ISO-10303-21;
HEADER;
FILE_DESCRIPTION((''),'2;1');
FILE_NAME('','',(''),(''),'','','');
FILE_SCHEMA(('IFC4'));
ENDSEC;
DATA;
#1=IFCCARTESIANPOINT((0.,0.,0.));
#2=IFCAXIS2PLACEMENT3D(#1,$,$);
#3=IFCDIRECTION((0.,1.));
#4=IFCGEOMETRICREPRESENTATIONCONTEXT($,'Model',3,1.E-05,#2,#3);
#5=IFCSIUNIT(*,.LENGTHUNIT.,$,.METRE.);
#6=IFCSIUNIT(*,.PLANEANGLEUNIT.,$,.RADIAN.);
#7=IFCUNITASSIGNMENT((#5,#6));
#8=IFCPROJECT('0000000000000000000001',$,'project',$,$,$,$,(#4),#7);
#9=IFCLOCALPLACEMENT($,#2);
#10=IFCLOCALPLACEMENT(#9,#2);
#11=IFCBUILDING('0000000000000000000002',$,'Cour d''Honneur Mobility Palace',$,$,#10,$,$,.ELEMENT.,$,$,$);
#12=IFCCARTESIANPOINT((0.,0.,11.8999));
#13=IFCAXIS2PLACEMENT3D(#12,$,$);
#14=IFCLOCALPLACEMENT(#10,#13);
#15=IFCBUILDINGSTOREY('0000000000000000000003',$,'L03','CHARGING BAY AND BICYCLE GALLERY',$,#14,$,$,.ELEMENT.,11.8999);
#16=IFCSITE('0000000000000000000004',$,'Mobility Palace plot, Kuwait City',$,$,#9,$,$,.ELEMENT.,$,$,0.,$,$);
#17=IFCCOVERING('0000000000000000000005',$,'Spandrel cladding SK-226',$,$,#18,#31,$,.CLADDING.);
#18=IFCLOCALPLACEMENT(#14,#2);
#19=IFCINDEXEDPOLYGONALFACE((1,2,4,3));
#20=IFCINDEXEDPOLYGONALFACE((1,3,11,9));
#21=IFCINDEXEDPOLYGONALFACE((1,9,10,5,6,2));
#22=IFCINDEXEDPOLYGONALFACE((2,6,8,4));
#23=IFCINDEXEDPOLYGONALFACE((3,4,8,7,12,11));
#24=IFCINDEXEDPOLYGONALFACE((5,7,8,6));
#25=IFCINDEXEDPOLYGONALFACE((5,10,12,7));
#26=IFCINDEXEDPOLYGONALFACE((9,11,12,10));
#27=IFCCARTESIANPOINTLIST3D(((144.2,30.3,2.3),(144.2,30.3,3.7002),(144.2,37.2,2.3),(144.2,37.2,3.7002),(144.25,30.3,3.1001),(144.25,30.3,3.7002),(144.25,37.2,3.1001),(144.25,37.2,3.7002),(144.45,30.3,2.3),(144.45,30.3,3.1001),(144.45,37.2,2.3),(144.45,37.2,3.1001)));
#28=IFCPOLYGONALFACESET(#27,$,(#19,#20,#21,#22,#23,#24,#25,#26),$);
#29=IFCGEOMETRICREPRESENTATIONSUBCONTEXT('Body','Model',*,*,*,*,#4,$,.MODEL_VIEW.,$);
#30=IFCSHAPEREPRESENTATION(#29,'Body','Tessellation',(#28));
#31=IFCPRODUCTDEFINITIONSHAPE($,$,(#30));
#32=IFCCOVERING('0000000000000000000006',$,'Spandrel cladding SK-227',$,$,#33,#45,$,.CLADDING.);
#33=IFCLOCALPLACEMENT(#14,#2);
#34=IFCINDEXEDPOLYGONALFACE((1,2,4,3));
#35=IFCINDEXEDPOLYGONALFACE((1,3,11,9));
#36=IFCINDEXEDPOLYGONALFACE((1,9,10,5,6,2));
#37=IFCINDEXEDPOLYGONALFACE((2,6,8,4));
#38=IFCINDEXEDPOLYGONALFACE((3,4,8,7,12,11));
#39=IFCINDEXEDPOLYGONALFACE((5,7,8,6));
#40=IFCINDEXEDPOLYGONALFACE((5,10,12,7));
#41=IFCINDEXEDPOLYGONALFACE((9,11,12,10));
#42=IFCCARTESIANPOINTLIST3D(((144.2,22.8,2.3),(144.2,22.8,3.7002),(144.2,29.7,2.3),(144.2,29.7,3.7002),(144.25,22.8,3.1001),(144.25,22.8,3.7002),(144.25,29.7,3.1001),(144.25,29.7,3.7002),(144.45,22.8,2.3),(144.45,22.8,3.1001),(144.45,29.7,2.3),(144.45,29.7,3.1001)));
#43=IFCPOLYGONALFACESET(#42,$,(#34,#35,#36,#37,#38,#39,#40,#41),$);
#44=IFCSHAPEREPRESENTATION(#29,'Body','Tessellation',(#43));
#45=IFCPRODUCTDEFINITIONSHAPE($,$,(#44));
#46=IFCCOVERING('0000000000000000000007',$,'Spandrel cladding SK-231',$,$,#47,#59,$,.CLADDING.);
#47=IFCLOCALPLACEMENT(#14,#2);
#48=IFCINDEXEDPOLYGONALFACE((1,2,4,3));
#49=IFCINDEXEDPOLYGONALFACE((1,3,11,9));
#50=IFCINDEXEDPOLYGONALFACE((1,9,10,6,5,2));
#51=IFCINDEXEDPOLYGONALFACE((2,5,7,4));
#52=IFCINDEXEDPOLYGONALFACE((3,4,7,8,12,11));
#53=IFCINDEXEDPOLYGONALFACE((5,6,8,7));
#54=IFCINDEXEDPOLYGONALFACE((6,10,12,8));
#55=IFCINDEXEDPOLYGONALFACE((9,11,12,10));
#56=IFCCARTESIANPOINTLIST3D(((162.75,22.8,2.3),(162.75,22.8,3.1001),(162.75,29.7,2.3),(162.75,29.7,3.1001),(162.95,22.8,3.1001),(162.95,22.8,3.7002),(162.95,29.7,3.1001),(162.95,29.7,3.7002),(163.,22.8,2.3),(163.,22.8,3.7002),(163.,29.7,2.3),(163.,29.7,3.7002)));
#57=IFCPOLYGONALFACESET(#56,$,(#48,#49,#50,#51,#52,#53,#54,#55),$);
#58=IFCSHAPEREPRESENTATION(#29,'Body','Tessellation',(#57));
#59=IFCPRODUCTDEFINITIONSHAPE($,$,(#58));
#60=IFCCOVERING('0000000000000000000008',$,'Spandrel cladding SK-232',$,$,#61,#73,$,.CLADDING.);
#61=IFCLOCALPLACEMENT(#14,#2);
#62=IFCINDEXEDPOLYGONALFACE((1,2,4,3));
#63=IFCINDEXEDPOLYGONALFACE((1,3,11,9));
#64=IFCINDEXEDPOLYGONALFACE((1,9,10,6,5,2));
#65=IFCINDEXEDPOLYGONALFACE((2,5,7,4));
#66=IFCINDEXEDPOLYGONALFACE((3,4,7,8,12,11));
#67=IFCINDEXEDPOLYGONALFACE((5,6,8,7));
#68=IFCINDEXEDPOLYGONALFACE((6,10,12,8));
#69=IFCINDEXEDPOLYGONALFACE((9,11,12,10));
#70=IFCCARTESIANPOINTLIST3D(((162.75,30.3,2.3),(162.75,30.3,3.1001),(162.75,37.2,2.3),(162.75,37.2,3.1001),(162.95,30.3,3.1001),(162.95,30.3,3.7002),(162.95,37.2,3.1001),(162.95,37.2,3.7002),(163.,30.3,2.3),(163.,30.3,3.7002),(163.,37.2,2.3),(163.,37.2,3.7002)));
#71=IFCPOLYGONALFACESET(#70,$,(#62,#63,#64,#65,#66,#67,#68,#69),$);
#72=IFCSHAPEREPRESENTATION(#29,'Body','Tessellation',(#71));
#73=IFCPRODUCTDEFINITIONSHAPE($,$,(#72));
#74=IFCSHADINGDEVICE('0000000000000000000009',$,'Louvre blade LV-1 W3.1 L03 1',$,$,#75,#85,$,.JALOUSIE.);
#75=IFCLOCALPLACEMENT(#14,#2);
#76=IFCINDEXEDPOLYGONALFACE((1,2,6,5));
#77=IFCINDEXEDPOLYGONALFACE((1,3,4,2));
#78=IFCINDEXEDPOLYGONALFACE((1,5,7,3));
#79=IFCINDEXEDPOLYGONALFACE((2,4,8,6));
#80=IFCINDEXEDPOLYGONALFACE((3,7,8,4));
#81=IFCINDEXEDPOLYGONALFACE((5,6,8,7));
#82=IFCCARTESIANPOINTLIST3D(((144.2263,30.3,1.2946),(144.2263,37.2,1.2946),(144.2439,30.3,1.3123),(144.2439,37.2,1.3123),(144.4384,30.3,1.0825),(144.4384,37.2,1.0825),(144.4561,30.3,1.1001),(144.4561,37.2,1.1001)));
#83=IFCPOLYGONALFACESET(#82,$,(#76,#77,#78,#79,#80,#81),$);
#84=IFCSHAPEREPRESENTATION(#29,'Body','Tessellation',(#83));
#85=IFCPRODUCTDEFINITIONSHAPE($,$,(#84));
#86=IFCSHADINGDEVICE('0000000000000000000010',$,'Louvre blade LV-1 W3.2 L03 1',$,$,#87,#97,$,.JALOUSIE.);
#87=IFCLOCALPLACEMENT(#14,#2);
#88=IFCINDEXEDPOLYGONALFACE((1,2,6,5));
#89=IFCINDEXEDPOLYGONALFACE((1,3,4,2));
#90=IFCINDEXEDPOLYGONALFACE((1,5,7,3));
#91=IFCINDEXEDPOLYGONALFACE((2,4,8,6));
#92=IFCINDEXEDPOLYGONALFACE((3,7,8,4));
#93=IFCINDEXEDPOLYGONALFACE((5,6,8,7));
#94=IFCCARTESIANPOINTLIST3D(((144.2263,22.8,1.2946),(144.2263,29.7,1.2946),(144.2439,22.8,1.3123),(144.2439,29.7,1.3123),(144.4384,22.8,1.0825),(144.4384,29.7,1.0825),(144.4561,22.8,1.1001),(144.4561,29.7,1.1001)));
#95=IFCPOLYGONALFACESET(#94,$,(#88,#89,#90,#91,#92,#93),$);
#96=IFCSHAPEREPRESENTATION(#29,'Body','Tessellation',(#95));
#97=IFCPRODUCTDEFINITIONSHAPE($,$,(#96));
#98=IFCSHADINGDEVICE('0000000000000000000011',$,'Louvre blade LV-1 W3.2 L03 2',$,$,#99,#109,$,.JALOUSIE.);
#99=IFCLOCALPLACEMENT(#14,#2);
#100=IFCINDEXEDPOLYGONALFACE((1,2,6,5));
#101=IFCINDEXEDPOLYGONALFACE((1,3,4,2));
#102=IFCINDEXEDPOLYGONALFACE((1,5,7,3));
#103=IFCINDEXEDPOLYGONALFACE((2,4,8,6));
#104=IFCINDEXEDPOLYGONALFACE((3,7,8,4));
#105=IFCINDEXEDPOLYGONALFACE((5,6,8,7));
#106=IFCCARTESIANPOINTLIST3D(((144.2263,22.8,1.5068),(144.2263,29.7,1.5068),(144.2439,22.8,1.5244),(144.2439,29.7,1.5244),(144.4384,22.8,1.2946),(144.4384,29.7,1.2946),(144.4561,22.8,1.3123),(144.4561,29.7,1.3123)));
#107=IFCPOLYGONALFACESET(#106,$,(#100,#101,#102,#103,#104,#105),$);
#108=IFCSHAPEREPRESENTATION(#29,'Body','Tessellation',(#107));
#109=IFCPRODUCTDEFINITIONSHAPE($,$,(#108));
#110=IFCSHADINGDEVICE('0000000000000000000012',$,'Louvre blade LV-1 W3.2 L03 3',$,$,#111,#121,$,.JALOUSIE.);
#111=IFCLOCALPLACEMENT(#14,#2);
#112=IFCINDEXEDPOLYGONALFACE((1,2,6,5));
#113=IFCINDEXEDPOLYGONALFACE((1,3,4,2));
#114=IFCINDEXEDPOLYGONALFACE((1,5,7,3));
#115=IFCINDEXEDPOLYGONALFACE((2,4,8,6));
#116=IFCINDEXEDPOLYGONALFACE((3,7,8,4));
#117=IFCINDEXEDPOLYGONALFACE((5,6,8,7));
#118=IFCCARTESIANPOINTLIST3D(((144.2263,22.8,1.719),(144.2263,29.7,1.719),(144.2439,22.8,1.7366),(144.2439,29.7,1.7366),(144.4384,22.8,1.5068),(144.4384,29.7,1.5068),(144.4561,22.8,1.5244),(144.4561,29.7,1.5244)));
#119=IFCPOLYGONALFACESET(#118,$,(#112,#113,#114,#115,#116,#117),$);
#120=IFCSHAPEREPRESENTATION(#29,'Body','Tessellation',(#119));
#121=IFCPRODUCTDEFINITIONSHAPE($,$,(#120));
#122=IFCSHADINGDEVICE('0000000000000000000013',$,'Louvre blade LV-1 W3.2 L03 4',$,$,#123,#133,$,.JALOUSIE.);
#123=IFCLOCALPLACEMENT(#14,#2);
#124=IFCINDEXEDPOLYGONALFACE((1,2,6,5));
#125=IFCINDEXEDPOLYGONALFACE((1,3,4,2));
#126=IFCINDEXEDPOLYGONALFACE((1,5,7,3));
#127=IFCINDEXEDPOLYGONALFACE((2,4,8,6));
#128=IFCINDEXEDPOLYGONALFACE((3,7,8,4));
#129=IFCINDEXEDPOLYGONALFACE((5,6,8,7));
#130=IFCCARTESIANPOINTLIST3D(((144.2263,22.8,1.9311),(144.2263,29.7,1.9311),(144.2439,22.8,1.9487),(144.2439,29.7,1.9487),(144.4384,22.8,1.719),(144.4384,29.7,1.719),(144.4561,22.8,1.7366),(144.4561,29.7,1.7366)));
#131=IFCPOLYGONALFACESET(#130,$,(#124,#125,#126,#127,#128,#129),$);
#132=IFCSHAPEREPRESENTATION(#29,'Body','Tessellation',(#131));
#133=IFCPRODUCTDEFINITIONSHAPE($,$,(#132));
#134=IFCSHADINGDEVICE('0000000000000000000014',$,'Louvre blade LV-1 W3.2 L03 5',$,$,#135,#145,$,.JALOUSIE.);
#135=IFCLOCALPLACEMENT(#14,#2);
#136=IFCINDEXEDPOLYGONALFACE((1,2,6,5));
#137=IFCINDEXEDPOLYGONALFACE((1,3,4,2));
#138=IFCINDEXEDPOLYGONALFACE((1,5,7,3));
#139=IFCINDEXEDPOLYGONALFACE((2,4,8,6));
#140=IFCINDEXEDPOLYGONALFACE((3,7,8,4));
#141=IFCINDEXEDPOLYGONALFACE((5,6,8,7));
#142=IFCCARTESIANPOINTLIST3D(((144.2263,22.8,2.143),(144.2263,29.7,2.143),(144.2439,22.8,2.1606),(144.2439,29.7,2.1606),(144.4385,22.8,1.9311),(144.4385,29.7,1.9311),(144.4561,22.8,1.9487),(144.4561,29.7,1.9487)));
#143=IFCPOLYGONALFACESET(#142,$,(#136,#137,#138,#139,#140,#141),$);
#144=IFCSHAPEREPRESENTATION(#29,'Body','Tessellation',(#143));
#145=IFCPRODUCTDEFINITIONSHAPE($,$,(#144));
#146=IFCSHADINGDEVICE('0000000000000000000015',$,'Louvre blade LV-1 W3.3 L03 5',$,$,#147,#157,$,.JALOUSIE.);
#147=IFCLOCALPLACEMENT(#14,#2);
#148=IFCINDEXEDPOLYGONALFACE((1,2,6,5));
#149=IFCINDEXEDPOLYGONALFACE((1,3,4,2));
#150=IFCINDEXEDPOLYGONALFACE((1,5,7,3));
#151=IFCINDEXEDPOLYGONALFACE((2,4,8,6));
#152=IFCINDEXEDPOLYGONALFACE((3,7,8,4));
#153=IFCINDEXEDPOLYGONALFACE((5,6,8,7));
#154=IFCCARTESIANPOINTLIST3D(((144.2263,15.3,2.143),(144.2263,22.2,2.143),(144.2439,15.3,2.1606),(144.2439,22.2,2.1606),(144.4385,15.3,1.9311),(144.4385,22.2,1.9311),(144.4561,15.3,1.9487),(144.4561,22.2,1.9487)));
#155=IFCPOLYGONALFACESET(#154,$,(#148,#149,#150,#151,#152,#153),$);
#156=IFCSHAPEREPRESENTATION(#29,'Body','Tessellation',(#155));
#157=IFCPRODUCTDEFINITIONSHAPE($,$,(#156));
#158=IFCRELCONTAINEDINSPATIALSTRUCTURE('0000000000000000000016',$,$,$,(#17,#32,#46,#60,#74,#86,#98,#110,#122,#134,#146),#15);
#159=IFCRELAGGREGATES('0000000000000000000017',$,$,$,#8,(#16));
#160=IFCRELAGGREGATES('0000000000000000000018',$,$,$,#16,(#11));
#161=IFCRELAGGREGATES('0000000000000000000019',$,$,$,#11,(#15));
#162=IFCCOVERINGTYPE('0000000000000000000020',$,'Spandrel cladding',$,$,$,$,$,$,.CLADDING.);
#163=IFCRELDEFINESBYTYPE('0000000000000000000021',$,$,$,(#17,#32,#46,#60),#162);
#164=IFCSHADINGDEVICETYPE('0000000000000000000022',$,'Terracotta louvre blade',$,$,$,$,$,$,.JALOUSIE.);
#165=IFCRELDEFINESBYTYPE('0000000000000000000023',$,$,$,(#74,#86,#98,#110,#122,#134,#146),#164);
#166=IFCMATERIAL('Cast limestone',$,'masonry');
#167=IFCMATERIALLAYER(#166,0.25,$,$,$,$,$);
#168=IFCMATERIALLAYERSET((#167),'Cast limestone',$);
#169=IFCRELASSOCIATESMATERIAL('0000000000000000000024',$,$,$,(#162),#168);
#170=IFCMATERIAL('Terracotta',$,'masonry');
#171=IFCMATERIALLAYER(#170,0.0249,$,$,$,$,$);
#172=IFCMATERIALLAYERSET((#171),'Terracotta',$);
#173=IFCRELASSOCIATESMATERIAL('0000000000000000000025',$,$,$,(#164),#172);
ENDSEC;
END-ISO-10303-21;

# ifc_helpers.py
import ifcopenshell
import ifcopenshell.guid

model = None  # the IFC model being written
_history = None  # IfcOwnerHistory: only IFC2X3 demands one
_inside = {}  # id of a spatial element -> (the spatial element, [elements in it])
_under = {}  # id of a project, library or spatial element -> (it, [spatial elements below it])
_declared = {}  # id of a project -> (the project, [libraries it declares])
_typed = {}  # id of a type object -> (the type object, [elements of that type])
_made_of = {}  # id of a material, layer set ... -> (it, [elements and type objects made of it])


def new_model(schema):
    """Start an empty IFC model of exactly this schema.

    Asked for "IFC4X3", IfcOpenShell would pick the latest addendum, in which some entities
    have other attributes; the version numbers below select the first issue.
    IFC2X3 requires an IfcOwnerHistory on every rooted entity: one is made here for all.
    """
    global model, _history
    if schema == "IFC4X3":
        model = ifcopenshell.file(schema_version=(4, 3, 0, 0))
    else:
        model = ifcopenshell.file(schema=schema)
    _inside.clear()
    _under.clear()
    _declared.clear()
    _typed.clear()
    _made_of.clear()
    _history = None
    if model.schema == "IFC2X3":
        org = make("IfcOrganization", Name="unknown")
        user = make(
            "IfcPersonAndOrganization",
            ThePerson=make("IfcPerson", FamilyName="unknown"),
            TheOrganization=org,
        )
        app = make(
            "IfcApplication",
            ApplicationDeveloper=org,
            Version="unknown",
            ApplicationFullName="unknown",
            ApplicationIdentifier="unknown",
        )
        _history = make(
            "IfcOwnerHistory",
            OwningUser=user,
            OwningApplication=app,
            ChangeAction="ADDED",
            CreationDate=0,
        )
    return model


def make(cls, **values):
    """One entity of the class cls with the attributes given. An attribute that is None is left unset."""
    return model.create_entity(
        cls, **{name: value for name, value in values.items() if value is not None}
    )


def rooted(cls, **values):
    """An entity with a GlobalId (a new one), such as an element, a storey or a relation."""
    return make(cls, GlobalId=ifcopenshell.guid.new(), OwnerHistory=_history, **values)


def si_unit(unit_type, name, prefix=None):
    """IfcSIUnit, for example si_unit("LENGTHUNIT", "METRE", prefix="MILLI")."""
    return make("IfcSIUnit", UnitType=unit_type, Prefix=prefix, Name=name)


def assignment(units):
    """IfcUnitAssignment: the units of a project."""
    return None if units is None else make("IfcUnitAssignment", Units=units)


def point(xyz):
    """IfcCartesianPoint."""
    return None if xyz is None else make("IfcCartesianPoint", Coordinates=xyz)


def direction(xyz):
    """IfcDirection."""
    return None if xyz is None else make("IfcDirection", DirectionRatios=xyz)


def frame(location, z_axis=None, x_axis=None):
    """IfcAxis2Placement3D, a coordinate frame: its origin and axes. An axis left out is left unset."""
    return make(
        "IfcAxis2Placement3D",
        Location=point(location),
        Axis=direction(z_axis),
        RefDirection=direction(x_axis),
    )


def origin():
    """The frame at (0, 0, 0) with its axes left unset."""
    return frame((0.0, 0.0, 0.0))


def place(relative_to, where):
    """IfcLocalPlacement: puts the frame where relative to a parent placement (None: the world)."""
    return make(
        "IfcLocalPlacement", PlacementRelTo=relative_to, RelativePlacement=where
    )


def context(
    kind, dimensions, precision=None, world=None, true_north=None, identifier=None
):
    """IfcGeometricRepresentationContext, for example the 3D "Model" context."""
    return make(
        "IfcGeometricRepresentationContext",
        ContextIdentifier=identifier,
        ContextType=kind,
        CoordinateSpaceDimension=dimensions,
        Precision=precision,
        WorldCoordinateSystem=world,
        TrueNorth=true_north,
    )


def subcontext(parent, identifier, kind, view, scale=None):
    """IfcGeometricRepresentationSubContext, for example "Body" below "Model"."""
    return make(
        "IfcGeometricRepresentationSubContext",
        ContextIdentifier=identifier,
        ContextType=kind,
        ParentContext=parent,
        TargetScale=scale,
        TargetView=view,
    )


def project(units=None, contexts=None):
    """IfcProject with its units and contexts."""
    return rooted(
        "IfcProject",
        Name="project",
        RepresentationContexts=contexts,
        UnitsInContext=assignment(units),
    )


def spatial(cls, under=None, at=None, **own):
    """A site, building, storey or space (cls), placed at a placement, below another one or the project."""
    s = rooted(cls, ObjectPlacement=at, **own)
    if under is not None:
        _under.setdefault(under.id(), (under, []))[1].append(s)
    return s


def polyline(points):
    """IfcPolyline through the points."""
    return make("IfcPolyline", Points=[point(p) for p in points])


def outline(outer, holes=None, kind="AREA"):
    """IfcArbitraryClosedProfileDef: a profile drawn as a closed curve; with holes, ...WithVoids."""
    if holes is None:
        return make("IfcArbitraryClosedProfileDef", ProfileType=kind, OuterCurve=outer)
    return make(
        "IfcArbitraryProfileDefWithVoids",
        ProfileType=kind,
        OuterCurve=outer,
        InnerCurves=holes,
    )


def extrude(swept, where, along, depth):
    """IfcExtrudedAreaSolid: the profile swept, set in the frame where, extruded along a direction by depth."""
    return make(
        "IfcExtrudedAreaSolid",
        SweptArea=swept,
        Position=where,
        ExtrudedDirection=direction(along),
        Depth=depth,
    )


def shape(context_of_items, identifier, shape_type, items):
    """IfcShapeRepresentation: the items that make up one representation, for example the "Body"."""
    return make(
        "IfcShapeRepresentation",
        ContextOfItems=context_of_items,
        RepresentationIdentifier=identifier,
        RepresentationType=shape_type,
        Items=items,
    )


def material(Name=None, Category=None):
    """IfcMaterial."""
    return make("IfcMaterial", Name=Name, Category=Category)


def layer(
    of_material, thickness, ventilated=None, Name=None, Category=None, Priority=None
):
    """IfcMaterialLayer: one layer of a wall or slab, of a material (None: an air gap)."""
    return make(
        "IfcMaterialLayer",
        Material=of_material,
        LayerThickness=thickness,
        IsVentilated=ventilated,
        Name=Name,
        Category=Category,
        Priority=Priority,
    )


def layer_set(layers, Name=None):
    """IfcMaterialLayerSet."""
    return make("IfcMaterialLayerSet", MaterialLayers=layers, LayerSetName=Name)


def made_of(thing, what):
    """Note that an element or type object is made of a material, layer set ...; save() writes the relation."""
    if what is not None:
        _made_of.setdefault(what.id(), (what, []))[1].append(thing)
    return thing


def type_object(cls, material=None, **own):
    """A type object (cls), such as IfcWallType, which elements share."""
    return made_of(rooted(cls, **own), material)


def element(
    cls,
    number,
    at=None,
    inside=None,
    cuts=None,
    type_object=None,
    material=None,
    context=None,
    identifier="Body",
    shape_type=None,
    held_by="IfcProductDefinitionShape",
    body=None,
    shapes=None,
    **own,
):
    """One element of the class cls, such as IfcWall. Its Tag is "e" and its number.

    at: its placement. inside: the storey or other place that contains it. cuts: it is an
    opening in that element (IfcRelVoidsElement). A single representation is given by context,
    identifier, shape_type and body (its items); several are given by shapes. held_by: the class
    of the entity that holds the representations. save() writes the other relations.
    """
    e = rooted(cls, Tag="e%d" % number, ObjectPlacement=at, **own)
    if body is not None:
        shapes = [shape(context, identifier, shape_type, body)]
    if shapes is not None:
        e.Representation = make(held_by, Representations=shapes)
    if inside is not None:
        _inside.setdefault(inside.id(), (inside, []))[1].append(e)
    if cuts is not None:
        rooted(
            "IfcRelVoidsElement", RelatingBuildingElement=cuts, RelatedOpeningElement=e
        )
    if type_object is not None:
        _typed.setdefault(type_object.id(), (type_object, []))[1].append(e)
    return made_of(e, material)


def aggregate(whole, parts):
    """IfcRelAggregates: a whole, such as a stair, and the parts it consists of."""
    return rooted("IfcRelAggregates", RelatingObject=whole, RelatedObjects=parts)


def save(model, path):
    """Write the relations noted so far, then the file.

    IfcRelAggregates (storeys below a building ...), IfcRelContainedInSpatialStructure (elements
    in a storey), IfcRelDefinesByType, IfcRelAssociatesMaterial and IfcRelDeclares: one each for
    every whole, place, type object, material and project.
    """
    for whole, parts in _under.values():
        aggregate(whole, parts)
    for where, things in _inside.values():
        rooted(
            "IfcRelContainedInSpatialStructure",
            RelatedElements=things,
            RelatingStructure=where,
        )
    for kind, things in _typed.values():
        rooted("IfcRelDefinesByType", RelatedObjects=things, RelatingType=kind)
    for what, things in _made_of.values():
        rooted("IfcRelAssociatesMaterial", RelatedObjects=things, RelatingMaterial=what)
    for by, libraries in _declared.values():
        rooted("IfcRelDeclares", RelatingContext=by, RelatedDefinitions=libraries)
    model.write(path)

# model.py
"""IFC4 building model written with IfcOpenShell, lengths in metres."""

from ifc_helpers import new_model, si_unit, direction, frame, origin, place, context, subcontext, project, spatial, polyline, outline, extrude, material, layer, layer_set, type_object, element, save


model = new_model("IFC4")

# Units and contexts
model_context = context("Model", 3, precision=1e-05, world=origin(), true_north=direction((0.0, 1.0)))
body_context = subcontext(model_context, "Body", "Model", "MODEL_VIEW")
ifc_project = project(units=[si_unit("LENGTHUNIT", "METRE"), si_unit("PLANEANGLEUNIT", "RADIAN")], contexts=[model_context])

# Site, building, storey
site_placement = place(None, origin())
site = spatial("IfcSite", under=ifc_project, at=site_placement, Name="Mobility Palace plot, Kuwait City", CompositionType="ELEMENT", RefElevation=0.0)
building_placement = place(site_placement, origin())
building = spatial("IfcBuilding", under=site, at=building_placement, Name="Cour d'Honneur Mobility Palace", CompositionType="ELEMENT")
storey_placement = place(building_placement, frame((0.0, 0.0, 11.8999)))
storey = spatial("IfcBuildingStorey", under=building, at=storey_placement, Name="L03", Description="CHARGING BAY AND BICYCLE GALLERY", CompositionType="ELEMENT", Elevation=11.8999)

# Coverings
ifc_material_1 = material(Name="Cast limestone", Category="masonry")
ifc_layer_1 = layer(ifc_material_1, 0.25)
ifc_layer_set_1 = layer_set([ifc_layer_1], Name="Cast limestone")
covering_type = type_object("IfcCoveringType", Name="Spandrel cladding", PredefinedType="CLADDING", material=ifc_layer_set_1)
for number, where, z_axis, x_axis, name in (
    (1, (144.45, 37.2, 2.3), (0.0, 1.0, 0.0), (-1.0, 0.0, 0.0), "Spandrel cladding SK-226"),
    (2, (144.45, 29.7, 2.3), (0.0, 1.0, 0.0), (-1.0, 0.0, 0.0), "Spandrel cladding SK-227"),
    (3, (162.75, 22.8, 2.3), (0.0, -1.0, 0.0), (1.0, 0.0, 0.0), "Spandrel cladding SK-231"),
    (4, (162.75, 30.3, 2.3), (0.0, -1.0, 0.0), (1.0, 0.0, 0.0), "Spandrel cladding SK-232"),
):
    element("IfcCovering", number, at=place(storey_placement, frame(where, z_axis=z_axis, x_axis=x_axis)), inside=storey, type_object=covering_type, Name=name, PredefinedType="CLADDING", context=body_context, shape_type="SweptSolid", body=[
        extrude(outline(polyline([(0.0, 0.0), (0.25, 0.0), (0.25, 1.4001), (0.2, 1.4001), (0.2, 0.8), (0.0, 0.8), (0.0, 0.0)])), origin(), (0.0, 0.0, -1.0), 6.8999),
    ])

# Shading devices
ifc_material_2 = material(Name="Terracotta", Category="masonry")
ifc_layer_2 = layer(ifc_material_2, 0.0249)
ifc_layer_set_2 = layer_set([ifc_layer_2], Name="Terracotta")
shading_device_type = type_object("IfcShadingDeviceType", Name="Terracotta louvre blade", PredefinedType="JALOUSIE", material=ifc_layer_set_2)
for number, where, z_axis, x_axis, name in (
    (5, (144.4561, 37.2, 1.1001), (0.707107, 0.0, 0.707107), (0.0, -1.0, 0.0), "Louvre blade LV-1 W3.1 L03 1"),
    (6, (144.4561, 29.7, 1.1001), (0.707107, 0.0, 0.707107), (0.0, -1.0, 0.0), "Louvre blade LV-1 W3.2 L03 1"),
    (7, (144.4561, 29.7, 1.3123), (0.707107, 0.0, 0.707107), (0.0, -1.0, 0.0), "Louvre blade LV-1 W3.2 L03 2"),
    (8, (144.4561, 29.7, 1.5244), (0.707107, 0.0, 0.707107), (0.0, -1.0, 0.0), "Louvre blade LV-1 W3.2 L03 3"),
    (9, (144.4561, 29.7, 1.7366), (0.707107, 0.0, 0.707107), (0.0, -1.0, 0.0), "Louvre blade LV-1 W3.2 L03 4"),
):
    element("IfcShadingDevice", number, at=place(storey_placement, frame(where, z_axis=z_axis, x_axis=x_axis)), inside=storey, type_object=shading_device_type, Name=name, PredefinedType="JALOUSIE", context=body_context, shape_type="SweptSolid", body=[
        extrude(outline(polyline([(0.0, 0.0), (6.8999, 0.0), (6.8999, -0.3), (0.0, -0.3), (0.0, 0.0)])), origin(), (0.0, 0.0, -1.0), 0.0249),
    ])
for number, where, z_axis, x_axis, name in (
    (10, (144.4561, 29.7, 1.9487), (0.7067, 0.0, 0.707514), (0.0, -1.0, 0.0), "Louvre blade LV-1 W3.2 L03 5"),
    (11, (144.4561, 22.2, 1.9487), (0.7067, 0.0, 0.707514), (0.0, -1.0, 0.0), "Louvre blade LV-1 W3.3 L03 5"),
):
    element("IfcShadingDevice", number, at=place(storey_placement, frame(where, z_axis=z_axis, x_axis=x_axis)), inside=storey, type_object=shading_device_type, Name=name, PredefinedType="JALOUSIE", context=body_context, shape_type="SweptSolid", body=[
        extrude(outline(polyline([(0.0, 0.0), (6.8999, 0.0), (6.8999, -0.2999), (0.0, -0.2999), (0.0, 0.0)])), origin(), (0.0, 0.0, -1.0), 0.0249),
    ])

save(model, "model.ifc")
